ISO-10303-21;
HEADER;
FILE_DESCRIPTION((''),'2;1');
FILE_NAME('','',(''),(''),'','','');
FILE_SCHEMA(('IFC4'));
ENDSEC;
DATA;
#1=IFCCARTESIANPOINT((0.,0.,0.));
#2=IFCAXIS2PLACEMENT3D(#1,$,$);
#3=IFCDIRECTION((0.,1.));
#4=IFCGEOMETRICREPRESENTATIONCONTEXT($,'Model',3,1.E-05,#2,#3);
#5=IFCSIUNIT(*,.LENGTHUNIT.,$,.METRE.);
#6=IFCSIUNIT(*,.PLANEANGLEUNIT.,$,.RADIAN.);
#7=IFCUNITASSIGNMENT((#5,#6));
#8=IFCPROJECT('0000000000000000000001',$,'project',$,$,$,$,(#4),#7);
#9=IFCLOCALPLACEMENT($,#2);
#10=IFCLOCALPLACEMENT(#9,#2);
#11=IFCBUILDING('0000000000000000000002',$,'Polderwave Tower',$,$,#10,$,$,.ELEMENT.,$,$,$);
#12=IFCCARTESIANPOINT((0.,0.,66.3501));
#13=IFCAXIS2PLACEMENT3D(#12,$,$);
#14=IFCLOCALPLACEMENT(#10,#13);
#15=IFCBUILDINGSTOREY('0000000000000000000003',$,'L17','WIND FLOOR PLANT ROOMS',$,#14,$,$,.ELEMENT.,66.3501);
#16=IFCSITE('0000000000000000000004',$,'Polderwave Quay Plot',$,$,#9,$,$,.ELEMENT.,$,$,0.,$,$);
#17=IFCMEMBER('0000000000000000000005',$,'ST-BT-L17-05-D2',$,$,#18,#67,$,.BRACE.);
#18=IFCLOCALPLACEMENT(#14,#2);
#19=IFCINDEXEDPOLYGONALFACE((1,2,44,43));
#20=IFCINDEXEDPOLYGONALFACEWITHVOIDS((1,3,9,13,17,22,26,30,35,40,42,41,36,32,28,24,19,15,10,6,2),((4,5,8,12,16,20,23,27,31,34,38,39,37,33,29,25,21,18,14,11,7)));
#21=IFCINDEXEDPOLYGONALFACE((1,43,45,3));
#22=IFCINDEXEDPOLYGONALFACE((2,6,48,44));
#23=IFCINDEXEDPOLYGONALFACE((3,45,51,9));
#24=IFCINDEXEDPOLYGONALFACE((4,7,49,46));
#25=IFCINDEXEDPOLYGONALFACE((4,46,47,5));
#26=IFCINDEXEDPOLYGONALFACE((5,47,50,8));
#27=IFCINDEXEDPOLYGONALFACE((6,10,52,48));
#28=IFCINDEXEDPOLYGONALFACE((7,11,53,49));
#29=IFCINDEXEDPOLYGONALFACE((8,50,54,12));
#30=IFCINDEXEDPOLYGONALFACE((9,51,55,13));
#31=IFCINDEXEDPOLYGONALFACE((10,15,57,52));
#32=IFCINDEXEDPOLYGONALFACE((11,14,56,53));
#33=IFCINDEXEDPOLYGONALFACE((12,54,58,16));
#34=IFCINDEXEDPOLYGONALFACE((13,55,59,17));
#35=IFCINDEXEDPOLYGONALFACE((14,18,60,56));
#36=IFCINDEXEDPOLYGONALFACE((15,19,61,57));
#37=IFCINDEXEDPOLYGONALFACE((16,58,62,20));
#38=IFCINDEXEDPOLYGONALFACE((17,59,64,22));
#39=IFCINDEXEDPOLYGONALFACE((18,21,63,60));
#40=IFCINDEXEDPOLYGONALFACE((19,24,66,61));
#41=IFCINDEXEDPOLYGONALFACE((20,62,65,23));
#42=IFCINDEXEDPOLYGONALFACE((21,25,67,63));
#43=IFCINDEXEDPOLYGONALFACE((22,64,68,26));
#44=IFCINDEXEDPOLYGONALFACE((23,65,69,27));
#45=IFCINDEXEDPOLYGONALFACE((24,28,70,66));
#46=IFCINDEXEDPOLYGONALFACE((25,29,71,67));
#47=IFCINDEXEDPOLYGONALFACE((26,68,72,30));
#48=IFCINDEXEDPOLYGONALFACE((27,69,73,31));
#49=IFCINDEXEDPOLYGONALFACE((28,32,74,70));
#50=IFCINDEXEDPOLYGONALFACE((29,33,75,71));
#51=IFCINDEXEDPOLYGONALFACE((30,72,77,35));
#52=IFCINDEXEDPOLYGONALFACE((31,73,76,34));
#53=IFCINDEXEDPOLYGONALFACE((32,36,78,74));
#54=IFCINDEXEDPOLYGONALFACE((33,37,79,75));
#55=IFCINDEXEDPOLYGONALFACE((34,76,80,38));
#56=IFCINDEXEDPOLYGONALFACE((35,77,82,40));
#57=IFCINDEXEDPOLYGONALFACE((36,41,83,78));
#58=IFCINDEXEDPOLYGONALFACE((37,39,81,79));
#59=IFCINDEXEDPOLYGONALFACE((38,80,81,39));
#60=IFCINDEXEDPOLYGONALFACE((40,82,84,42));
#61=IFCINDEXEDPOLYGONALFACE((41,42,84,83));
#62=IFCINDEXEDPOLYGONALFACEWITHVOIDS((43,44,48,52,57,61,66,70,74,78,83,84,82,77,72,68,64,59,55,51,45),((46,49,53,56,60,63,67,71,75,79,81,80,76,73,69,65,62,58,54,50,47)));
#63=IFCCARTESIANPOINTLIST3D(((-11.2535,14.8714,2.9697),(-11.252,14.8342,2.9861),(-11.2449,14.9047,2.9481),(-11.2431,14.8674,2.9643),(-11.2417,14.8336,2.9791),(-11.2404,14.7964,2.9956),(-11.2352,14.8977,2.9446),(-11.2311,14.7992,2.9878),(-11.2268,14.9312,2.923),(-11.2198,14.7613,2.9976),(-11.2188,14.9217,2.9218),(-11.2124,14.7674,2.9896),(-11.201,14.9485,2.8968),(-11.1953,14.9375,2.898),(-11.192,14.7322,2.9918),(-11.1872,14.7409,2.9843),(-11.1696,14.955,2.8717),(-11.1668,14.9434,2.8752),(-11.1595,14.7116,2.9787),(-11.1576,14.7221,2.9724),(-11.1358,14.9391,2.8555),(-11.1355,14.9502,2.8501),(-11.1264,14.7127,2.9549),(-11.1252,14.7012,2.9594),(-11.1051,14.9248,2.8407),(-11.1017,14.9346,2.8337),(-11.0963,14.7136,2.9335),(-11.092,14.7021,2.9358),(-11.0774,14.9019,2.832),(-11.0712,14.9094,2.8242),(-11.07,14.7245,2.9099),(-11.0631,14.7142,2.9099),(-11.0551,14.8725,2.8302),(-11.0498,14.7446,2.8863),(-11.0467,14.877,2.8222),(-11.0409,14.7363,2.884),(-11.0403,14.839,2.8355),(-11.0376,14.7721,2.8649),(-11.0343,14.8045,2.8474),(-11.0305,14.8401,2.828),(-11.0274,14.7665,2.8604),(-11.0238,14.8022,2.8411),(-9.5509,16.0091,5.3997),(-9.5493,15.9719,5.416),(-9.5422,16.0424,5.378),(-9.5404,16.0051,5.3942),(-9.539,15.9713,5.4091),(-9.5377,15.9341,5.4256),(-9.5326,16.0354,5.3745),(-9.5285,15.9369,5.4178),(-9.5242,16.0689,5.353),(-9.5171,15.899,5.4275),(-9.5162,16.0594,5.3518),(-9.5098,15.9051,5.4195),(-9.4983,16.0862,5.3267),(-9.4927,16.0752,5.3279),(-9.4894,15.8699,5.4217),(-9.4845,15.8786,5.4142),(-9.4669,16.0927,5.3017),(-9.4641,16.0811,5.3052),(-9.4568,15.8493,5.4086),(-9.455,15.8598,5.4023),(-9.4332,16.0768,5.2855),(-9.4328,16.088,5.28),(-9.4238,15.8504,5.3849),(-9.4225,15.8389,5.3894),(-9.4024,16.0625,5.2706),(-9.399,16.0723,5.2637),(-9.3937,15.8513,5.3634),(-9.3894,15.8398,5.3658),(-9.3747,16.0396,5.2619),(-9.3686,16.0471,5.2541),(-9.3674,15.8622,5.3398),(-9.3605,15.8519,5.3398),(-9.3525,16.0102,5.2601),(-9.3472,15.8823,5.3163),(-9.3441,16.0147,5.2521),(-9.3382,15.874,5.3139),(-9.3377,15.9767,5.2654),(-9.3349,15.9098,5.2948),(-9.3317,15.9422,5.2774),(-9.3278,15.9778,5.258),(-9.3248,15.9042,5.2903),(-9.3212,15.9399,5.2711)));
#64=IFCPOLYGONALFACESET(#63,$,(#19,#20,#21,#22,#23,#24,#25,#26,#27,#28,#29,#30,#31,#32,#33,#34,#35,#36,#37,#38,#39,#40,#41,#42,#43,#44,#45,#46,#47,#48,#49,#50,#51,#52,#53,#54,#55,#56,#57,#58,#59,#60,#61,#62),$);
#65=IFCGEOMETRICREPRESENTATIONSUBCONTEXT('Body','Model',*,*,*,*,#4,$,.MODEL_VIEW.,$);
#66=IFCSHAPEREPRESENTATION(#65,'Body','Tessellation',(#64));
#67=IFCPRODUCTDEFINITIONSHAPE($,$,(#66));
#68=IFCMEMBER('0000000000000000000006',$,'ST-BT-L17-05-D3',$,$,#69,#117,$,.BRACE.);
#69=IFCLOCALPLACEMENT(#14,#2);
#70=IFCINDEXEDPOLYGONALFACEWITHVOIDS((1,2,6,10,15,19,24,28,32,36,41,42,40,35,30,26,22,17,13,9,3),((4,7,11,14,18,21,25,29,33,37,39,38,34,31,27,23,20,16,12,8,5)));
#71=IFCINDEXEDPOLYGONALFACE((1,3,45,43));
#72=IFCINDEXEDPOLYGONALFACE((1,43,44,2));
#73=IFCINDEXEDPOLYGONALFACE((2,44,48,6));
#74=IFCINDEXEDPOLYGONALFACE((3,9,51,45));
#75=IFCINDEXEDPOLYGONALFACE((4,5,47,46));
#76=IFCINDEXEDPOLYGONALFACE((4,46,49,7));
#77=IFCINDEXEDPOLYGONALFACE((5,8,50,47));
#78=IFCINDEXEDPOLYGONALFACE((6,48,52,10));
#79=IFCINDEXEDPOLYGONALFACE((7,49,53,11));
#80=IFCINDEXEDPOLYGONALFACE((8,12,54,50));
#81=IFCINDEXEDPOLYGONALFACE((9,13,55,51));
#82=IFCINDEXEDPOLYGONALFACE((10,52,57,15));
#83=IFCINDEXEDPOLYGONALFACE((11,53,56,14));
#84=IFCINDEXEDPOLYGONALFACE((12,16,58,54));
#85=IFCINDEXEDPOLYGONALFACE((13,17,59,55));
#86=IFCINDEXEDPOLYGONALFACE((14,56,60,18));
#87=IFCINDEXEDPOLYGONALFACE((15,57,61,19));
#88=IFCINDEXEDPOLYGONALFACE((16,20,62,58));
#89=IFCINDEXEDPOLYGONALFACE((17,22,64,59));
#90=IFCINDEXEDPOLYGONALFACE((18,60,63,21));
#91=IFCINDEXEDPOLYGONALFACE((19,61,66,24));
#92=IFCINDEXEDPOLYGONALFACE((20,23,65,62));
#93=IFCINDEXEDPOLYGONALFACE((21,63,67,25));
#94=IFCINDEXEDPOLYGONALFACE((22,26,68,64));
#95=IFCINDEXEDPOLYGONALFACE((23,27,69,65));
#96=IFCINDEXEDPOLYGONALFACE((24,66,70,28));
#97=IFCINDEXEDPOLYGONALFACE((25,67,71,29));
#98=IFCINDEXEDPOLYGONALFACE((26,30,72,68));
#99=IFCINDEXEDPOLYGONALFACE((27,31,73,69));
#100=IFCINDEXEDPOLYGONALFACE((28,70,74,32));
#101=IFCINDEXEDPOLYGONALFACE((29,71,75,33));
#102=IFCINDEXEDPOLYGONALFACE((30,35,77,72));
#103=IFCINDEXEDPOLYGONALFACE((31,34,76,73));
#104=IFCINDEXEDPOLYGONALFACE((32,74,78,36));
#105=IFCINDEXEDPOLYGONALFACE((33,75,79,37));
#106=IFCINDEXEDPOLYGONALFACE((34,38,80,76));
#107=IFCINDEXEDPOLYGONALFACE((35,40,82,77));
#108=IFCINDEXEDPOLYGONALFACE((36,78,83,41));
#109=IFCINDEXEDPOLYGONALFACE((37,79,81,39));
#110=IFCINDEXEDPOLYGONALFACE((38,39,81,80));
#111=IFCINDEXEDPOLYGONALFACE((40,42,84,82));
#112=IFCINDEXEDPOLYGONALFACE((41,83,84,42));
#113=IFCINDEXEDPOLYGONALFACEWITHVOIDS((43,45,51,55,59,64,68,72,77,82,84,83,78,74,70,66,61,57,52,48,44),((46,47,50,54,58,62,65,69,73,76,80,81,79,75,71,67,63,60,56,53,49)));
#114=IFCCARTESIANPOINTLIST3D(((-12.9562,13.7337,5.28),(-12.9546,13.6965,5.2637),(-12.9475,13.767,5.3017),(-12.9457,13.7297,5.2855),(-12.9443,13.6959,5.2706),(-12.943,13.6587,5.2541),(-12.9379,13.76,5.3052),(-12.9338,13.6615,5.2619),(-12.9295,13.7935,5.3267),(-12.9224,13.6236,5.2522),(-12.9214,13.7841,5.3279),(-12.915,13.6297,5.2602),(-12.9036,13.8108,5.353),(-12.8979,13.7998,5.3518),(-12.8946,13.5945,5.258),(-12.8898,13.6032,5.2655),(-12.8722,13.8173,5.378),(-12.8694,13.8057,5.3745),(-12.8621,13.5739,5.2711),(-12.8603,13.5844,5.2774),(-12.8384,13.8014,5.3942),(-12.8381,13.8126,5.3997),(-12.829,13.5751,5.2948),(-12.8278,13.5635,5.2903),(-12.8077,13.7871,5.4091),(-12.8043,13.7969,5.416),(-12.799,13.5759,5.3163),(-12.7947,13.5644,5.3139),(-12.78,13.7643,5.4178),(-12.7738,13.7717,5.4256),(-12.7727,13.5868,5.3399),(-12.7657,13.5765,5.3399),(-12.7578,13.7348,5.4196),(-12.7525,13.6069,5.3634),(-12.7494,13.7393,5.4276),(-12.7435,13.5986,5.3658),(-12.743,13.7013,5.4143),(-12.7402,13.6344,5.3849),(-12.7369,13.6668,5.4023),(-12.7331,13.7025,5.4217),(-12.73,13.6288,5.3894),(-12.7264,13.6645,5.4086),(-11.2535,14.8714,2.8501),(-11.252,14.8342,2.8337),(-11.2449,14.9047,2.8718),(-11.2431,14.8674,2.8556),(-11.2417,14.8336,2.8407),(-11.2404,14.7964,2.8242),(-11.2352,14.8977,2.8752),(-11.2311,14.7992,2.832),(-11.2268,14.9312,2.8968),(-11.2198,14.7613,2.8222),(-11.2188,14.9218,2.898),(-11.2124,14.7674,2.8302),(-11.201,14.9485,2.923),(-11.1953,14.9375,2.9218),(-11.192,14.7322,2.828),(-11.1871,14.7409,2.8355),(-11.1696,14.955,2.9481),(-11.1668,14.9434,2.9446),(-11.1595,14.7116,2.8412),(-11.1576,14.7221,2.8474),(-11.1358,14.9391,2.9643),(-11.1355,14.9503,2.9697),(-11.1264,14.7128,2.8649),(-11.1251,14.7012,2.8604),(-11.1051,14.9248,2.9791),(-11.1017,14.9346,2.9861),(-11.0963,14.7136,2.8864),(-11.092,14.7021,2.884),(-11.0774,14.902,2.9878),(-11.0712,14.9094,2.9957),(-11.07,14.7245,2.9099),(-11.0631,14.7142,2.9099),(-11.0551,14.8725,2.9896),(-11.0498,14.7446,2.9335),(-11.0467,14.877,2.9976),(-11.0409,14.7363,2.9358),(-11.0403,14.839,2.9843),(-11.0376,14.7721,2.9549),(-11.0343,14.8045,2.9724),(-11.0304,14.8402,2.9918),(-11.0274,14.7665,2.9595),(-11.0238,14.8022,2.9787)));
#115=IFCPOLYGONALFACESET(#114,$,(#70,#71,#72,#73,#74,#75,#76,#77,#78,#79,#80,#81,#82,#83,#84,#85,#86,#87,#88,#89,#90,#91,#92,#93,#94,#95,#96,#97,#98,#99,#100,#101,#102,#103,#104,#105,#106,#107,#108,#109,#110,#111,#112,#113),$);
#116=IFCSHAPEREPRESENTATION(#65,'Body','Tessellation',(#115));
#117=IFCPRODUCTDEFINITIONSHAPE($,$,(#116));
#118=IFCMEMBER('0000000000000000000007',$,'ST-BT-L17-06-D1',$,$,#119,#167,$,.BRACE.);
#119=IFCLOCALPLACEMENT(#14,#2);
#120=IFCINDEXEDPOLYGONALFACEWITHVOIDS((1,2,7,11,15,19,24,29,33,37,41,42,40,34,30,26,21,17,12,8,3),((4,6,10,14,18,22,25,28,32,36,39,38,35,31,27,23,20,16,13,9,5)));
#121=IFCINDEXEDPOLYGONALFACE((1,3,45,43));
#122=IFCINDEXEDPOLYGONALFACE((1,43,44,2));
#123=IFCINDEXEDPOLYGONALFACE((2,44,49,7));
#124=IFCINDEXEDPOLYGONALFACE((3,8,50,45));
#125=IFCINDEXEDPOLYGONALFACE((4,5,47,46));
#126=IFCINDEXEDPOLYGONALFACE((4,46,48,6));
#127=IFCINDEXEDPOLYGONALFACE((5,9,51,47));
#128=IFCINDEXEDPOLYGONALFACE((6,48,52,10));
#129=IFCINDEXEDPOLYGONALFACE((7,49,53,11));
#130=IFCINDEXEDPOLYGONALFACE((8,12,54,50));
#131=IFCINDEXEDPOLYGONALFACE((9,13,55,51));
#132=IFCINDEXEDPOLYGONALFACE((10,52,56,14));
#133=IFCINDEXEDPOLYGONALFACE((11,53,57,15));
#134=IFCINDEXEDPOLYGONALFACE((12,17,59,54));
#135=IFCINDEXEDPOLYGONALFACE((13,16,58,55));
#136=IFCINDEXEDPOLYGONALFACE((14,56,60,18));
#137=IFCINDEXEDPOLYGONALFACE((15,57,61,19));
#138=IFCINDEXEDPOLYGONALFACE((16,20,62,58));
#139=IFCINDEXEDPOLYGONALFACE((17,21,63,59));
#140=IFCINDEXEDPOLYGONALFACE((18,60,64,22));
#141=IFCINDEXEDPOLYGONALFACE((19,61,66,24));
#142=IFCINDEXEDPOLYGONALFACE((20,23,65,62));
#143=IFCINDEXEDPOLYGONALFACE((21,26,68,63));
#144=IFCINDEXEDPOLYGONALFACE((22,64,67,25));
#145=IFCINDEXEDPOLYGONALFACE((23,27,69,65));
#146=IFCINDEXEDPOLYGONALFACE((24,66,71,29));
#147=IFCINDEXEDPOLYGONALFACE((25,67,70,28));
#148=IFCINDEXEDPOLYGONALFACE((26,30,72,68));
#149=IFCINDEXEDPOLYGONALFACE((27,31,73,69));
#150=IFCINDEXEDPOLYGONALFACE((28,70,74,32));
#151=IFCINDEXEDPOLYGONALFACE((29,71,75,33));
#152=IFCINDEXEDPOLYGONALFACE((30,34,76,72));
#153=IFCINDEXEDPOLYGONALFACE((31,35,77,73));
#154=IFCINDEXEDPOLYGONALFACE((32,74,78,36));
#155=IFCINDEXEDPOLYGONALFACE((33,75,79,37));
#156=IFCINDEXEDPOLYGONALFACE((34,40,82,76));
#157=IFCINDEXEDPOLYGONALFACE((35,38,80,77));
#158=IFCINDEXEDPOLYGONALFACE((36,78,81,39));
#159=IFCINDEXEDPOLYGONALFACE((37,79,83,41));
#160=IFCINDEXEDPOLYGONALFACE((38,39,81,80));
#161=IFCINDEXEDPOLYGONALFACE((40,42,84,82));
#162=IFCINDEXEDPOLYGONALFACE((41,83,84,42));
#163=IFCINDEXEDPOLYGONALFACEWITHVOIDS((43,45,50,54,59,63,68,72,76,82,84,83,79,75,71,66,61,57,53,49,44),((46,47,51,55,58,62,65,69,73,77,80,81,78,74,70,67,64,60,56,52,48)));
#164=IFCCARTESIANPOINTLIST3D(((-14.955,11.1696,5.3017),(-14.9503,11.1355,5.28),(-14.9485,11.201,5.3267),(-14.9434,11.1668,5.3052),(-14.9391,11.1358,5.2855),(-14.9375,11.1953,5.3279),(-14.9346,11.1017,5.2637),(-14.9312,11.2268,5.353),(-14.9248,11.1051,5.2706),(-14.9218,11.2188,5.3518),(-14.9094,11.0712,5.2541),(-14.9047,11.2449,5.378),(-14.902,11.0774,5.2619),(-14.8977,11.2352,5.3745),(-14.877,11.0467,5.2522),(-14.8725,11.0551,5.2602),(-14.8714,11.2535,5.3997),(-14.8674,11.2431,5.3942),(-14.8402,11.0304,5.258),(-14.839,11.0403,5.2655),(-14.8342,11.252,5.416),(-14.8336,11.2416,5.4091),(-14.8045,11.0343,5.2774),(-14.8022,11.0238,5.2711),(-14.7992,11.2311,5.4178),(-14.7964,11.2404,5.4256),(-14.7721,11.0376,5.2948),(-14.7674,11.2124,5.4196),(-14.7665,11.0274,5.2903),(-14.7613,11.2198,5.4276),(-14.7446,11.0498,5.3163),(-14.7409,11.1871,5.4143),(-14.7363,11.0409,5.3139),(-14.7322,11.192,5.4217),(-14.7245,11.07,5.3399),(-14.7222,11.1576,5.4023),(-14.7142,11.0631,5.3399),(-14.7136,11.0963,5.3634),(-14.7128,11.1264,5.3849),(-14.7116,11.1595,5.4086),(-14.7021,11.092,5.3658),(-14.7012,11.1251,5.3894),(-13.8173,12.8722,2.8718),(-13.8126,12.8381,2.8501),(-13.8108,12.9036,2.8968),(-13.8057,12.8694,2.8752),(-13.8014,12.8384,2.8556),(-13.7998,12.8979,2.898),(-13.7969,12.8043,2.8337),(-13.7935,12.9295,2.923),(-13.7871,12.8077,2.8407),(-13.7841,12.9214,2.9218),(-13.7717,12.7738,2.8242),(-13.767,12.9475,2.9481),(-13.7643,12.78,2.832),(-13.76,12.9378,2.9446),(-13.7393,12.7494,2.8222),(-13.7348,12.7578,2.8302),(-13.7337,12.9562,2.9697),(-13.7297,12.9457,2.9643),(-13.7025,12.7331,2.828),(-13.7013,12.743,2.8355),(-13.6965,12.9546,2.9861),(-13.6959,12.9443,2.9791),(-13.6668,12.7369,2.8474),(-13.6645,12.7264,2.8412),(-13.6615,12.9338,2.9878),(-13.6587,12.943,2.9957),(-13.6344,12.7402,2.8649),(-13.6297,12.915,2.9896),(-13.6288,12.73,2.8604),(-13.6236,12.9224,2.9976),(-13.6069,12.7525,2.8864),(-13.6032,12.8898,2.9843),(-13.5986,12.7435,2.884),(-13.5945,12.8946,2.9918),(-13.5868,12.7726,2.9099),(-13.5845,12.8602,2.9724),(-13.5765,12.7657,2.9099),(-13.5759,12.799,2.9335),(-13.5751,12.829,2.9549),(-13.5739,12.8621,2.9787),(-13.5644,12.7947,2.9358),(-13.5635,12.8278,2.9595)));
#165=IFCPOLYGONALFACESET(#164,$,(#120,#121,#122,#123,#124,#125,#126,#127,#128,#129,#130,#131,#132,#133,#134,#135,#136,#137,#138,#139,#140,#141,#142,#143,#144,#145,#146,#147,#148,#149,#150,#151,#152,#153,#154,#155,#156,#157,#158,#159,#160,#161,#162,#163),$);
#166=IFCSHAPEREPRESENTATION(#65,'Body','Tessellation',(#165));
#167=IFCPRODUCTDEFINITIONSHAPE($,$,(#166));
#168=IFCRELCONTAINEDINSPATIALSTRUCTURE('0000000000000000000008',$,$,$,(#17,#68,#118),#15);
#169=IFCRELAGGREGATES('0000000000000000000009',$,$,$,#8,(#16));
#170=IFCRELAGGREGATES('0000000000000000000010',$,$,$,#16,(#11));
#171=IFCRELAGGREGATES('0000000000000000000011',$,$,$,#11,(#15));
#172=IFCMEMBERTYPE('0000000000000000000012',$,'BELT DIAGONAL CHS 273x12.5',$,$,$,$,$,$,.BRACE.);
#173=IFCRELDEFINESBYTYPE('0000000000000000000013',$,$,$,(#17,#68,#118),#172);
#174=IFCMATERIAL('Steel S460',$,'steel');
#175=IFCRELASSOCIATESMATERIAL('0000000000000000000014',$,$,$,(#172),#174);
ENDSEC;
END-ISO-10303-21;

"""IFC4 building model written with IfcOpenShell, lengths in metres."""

from ifc_helpers import new_model, si_unit, direction, frame, origin, origin_2d, place, context, subcontext, project, spatial, hollow_circle, extrude, material, material_profile, profile_set, type_object, element, save


model = new_model("IFC4")

# Units and contexts
model_context = context("Model", 3, precision=1e-05, world=origin(), true_north=direction((0.0, 1.0)))
body_context = subcontext(model_context, "Body", "Model", "MODEL_VIEW")
ifc_project = project(units=[si_unit("LENGTHUNIT", "METRE"), si_unit("PLANEANGLEUNIT", "RADIAN")], contexts=[model_context])

# Site, building, storey
site_placement = place(None, origin())
site = spatial("IfcSite", under=ifc_project, at=site_placement, Name="Polderwave Quay Plot", CompositionType="ELEMENT", RefElevation=0.0)
building_placement = place(site_placement, origin())
building = spatial("IfcBuilding", under=site, at=building_placement, Name="Polderwave Tower", CompositionType="ELEMENT")
storey_placement = place(building_placement, frame((0.0, 0.0, 66.3501)))
storey = spatial("IfcBuildingStorey", under=building, at=storey_placement, Name="L17", Description="WIND FLOOR PLANT ROOMS", CompositionType="ELEMENT", Elevation=66.3501)

# Members
ifc_material_1 = material(Name="Steel S460", Category="steel")
ifc_material_profile_1 = material_profile(ifc_material_1, hollow_circle(Radius=0.1365, WallThickness=0.0125, at=origin_2d()), Name="CHS 273x12.5")
ifc_profile_set_1 = profile_set([ifc_material_profile_1], Name="Steel S460")
member_type_1 = type_object("IfcMemberType", Name="BELT DIAGONAL CHS 273x12.5", PredefinedType="BRACE", material=ifc_profile_set_1)
for number, where, z_axis, x_axis, name in (
    (1, (-9.4363, 15.9653, 5.3398), (-0.535805, -0.358023, -0.764678), (0.55558, -0.831463, 0.0), "ST-BT-L17-05-D2"),
    (2, (-11.1389, 14.8276, 2.9099), (-0.535805, -0.358023, 0.764678), (0.55558, -0.831463, 0.0), "ST-BT-L17-05-D3"),
    (3, (-13.6899, 12.8416, 2.9099), (-0.358023, -0.535805, 0.764678), (0.831463, -0.55558, 0.0), "ST-BT-L17-06-D1"),
):
    element("IfcMember", number, at=place(storey_placement, frame(where, z_axis=z_axis, x_axis=x_axis)), inside=storey, type_object=member_type_1, Name=name, PredefinedType="BRACE", context=body_context, shape_type="SweptSolid", body=[
        extrude(hollow_circle(Radius=0.1365, WallThickness=0.0125, at=origin_2d()), origin(), (0.0, 0.0, 1.0), 3.1777),
    ])

save(model, "model.ifc")
